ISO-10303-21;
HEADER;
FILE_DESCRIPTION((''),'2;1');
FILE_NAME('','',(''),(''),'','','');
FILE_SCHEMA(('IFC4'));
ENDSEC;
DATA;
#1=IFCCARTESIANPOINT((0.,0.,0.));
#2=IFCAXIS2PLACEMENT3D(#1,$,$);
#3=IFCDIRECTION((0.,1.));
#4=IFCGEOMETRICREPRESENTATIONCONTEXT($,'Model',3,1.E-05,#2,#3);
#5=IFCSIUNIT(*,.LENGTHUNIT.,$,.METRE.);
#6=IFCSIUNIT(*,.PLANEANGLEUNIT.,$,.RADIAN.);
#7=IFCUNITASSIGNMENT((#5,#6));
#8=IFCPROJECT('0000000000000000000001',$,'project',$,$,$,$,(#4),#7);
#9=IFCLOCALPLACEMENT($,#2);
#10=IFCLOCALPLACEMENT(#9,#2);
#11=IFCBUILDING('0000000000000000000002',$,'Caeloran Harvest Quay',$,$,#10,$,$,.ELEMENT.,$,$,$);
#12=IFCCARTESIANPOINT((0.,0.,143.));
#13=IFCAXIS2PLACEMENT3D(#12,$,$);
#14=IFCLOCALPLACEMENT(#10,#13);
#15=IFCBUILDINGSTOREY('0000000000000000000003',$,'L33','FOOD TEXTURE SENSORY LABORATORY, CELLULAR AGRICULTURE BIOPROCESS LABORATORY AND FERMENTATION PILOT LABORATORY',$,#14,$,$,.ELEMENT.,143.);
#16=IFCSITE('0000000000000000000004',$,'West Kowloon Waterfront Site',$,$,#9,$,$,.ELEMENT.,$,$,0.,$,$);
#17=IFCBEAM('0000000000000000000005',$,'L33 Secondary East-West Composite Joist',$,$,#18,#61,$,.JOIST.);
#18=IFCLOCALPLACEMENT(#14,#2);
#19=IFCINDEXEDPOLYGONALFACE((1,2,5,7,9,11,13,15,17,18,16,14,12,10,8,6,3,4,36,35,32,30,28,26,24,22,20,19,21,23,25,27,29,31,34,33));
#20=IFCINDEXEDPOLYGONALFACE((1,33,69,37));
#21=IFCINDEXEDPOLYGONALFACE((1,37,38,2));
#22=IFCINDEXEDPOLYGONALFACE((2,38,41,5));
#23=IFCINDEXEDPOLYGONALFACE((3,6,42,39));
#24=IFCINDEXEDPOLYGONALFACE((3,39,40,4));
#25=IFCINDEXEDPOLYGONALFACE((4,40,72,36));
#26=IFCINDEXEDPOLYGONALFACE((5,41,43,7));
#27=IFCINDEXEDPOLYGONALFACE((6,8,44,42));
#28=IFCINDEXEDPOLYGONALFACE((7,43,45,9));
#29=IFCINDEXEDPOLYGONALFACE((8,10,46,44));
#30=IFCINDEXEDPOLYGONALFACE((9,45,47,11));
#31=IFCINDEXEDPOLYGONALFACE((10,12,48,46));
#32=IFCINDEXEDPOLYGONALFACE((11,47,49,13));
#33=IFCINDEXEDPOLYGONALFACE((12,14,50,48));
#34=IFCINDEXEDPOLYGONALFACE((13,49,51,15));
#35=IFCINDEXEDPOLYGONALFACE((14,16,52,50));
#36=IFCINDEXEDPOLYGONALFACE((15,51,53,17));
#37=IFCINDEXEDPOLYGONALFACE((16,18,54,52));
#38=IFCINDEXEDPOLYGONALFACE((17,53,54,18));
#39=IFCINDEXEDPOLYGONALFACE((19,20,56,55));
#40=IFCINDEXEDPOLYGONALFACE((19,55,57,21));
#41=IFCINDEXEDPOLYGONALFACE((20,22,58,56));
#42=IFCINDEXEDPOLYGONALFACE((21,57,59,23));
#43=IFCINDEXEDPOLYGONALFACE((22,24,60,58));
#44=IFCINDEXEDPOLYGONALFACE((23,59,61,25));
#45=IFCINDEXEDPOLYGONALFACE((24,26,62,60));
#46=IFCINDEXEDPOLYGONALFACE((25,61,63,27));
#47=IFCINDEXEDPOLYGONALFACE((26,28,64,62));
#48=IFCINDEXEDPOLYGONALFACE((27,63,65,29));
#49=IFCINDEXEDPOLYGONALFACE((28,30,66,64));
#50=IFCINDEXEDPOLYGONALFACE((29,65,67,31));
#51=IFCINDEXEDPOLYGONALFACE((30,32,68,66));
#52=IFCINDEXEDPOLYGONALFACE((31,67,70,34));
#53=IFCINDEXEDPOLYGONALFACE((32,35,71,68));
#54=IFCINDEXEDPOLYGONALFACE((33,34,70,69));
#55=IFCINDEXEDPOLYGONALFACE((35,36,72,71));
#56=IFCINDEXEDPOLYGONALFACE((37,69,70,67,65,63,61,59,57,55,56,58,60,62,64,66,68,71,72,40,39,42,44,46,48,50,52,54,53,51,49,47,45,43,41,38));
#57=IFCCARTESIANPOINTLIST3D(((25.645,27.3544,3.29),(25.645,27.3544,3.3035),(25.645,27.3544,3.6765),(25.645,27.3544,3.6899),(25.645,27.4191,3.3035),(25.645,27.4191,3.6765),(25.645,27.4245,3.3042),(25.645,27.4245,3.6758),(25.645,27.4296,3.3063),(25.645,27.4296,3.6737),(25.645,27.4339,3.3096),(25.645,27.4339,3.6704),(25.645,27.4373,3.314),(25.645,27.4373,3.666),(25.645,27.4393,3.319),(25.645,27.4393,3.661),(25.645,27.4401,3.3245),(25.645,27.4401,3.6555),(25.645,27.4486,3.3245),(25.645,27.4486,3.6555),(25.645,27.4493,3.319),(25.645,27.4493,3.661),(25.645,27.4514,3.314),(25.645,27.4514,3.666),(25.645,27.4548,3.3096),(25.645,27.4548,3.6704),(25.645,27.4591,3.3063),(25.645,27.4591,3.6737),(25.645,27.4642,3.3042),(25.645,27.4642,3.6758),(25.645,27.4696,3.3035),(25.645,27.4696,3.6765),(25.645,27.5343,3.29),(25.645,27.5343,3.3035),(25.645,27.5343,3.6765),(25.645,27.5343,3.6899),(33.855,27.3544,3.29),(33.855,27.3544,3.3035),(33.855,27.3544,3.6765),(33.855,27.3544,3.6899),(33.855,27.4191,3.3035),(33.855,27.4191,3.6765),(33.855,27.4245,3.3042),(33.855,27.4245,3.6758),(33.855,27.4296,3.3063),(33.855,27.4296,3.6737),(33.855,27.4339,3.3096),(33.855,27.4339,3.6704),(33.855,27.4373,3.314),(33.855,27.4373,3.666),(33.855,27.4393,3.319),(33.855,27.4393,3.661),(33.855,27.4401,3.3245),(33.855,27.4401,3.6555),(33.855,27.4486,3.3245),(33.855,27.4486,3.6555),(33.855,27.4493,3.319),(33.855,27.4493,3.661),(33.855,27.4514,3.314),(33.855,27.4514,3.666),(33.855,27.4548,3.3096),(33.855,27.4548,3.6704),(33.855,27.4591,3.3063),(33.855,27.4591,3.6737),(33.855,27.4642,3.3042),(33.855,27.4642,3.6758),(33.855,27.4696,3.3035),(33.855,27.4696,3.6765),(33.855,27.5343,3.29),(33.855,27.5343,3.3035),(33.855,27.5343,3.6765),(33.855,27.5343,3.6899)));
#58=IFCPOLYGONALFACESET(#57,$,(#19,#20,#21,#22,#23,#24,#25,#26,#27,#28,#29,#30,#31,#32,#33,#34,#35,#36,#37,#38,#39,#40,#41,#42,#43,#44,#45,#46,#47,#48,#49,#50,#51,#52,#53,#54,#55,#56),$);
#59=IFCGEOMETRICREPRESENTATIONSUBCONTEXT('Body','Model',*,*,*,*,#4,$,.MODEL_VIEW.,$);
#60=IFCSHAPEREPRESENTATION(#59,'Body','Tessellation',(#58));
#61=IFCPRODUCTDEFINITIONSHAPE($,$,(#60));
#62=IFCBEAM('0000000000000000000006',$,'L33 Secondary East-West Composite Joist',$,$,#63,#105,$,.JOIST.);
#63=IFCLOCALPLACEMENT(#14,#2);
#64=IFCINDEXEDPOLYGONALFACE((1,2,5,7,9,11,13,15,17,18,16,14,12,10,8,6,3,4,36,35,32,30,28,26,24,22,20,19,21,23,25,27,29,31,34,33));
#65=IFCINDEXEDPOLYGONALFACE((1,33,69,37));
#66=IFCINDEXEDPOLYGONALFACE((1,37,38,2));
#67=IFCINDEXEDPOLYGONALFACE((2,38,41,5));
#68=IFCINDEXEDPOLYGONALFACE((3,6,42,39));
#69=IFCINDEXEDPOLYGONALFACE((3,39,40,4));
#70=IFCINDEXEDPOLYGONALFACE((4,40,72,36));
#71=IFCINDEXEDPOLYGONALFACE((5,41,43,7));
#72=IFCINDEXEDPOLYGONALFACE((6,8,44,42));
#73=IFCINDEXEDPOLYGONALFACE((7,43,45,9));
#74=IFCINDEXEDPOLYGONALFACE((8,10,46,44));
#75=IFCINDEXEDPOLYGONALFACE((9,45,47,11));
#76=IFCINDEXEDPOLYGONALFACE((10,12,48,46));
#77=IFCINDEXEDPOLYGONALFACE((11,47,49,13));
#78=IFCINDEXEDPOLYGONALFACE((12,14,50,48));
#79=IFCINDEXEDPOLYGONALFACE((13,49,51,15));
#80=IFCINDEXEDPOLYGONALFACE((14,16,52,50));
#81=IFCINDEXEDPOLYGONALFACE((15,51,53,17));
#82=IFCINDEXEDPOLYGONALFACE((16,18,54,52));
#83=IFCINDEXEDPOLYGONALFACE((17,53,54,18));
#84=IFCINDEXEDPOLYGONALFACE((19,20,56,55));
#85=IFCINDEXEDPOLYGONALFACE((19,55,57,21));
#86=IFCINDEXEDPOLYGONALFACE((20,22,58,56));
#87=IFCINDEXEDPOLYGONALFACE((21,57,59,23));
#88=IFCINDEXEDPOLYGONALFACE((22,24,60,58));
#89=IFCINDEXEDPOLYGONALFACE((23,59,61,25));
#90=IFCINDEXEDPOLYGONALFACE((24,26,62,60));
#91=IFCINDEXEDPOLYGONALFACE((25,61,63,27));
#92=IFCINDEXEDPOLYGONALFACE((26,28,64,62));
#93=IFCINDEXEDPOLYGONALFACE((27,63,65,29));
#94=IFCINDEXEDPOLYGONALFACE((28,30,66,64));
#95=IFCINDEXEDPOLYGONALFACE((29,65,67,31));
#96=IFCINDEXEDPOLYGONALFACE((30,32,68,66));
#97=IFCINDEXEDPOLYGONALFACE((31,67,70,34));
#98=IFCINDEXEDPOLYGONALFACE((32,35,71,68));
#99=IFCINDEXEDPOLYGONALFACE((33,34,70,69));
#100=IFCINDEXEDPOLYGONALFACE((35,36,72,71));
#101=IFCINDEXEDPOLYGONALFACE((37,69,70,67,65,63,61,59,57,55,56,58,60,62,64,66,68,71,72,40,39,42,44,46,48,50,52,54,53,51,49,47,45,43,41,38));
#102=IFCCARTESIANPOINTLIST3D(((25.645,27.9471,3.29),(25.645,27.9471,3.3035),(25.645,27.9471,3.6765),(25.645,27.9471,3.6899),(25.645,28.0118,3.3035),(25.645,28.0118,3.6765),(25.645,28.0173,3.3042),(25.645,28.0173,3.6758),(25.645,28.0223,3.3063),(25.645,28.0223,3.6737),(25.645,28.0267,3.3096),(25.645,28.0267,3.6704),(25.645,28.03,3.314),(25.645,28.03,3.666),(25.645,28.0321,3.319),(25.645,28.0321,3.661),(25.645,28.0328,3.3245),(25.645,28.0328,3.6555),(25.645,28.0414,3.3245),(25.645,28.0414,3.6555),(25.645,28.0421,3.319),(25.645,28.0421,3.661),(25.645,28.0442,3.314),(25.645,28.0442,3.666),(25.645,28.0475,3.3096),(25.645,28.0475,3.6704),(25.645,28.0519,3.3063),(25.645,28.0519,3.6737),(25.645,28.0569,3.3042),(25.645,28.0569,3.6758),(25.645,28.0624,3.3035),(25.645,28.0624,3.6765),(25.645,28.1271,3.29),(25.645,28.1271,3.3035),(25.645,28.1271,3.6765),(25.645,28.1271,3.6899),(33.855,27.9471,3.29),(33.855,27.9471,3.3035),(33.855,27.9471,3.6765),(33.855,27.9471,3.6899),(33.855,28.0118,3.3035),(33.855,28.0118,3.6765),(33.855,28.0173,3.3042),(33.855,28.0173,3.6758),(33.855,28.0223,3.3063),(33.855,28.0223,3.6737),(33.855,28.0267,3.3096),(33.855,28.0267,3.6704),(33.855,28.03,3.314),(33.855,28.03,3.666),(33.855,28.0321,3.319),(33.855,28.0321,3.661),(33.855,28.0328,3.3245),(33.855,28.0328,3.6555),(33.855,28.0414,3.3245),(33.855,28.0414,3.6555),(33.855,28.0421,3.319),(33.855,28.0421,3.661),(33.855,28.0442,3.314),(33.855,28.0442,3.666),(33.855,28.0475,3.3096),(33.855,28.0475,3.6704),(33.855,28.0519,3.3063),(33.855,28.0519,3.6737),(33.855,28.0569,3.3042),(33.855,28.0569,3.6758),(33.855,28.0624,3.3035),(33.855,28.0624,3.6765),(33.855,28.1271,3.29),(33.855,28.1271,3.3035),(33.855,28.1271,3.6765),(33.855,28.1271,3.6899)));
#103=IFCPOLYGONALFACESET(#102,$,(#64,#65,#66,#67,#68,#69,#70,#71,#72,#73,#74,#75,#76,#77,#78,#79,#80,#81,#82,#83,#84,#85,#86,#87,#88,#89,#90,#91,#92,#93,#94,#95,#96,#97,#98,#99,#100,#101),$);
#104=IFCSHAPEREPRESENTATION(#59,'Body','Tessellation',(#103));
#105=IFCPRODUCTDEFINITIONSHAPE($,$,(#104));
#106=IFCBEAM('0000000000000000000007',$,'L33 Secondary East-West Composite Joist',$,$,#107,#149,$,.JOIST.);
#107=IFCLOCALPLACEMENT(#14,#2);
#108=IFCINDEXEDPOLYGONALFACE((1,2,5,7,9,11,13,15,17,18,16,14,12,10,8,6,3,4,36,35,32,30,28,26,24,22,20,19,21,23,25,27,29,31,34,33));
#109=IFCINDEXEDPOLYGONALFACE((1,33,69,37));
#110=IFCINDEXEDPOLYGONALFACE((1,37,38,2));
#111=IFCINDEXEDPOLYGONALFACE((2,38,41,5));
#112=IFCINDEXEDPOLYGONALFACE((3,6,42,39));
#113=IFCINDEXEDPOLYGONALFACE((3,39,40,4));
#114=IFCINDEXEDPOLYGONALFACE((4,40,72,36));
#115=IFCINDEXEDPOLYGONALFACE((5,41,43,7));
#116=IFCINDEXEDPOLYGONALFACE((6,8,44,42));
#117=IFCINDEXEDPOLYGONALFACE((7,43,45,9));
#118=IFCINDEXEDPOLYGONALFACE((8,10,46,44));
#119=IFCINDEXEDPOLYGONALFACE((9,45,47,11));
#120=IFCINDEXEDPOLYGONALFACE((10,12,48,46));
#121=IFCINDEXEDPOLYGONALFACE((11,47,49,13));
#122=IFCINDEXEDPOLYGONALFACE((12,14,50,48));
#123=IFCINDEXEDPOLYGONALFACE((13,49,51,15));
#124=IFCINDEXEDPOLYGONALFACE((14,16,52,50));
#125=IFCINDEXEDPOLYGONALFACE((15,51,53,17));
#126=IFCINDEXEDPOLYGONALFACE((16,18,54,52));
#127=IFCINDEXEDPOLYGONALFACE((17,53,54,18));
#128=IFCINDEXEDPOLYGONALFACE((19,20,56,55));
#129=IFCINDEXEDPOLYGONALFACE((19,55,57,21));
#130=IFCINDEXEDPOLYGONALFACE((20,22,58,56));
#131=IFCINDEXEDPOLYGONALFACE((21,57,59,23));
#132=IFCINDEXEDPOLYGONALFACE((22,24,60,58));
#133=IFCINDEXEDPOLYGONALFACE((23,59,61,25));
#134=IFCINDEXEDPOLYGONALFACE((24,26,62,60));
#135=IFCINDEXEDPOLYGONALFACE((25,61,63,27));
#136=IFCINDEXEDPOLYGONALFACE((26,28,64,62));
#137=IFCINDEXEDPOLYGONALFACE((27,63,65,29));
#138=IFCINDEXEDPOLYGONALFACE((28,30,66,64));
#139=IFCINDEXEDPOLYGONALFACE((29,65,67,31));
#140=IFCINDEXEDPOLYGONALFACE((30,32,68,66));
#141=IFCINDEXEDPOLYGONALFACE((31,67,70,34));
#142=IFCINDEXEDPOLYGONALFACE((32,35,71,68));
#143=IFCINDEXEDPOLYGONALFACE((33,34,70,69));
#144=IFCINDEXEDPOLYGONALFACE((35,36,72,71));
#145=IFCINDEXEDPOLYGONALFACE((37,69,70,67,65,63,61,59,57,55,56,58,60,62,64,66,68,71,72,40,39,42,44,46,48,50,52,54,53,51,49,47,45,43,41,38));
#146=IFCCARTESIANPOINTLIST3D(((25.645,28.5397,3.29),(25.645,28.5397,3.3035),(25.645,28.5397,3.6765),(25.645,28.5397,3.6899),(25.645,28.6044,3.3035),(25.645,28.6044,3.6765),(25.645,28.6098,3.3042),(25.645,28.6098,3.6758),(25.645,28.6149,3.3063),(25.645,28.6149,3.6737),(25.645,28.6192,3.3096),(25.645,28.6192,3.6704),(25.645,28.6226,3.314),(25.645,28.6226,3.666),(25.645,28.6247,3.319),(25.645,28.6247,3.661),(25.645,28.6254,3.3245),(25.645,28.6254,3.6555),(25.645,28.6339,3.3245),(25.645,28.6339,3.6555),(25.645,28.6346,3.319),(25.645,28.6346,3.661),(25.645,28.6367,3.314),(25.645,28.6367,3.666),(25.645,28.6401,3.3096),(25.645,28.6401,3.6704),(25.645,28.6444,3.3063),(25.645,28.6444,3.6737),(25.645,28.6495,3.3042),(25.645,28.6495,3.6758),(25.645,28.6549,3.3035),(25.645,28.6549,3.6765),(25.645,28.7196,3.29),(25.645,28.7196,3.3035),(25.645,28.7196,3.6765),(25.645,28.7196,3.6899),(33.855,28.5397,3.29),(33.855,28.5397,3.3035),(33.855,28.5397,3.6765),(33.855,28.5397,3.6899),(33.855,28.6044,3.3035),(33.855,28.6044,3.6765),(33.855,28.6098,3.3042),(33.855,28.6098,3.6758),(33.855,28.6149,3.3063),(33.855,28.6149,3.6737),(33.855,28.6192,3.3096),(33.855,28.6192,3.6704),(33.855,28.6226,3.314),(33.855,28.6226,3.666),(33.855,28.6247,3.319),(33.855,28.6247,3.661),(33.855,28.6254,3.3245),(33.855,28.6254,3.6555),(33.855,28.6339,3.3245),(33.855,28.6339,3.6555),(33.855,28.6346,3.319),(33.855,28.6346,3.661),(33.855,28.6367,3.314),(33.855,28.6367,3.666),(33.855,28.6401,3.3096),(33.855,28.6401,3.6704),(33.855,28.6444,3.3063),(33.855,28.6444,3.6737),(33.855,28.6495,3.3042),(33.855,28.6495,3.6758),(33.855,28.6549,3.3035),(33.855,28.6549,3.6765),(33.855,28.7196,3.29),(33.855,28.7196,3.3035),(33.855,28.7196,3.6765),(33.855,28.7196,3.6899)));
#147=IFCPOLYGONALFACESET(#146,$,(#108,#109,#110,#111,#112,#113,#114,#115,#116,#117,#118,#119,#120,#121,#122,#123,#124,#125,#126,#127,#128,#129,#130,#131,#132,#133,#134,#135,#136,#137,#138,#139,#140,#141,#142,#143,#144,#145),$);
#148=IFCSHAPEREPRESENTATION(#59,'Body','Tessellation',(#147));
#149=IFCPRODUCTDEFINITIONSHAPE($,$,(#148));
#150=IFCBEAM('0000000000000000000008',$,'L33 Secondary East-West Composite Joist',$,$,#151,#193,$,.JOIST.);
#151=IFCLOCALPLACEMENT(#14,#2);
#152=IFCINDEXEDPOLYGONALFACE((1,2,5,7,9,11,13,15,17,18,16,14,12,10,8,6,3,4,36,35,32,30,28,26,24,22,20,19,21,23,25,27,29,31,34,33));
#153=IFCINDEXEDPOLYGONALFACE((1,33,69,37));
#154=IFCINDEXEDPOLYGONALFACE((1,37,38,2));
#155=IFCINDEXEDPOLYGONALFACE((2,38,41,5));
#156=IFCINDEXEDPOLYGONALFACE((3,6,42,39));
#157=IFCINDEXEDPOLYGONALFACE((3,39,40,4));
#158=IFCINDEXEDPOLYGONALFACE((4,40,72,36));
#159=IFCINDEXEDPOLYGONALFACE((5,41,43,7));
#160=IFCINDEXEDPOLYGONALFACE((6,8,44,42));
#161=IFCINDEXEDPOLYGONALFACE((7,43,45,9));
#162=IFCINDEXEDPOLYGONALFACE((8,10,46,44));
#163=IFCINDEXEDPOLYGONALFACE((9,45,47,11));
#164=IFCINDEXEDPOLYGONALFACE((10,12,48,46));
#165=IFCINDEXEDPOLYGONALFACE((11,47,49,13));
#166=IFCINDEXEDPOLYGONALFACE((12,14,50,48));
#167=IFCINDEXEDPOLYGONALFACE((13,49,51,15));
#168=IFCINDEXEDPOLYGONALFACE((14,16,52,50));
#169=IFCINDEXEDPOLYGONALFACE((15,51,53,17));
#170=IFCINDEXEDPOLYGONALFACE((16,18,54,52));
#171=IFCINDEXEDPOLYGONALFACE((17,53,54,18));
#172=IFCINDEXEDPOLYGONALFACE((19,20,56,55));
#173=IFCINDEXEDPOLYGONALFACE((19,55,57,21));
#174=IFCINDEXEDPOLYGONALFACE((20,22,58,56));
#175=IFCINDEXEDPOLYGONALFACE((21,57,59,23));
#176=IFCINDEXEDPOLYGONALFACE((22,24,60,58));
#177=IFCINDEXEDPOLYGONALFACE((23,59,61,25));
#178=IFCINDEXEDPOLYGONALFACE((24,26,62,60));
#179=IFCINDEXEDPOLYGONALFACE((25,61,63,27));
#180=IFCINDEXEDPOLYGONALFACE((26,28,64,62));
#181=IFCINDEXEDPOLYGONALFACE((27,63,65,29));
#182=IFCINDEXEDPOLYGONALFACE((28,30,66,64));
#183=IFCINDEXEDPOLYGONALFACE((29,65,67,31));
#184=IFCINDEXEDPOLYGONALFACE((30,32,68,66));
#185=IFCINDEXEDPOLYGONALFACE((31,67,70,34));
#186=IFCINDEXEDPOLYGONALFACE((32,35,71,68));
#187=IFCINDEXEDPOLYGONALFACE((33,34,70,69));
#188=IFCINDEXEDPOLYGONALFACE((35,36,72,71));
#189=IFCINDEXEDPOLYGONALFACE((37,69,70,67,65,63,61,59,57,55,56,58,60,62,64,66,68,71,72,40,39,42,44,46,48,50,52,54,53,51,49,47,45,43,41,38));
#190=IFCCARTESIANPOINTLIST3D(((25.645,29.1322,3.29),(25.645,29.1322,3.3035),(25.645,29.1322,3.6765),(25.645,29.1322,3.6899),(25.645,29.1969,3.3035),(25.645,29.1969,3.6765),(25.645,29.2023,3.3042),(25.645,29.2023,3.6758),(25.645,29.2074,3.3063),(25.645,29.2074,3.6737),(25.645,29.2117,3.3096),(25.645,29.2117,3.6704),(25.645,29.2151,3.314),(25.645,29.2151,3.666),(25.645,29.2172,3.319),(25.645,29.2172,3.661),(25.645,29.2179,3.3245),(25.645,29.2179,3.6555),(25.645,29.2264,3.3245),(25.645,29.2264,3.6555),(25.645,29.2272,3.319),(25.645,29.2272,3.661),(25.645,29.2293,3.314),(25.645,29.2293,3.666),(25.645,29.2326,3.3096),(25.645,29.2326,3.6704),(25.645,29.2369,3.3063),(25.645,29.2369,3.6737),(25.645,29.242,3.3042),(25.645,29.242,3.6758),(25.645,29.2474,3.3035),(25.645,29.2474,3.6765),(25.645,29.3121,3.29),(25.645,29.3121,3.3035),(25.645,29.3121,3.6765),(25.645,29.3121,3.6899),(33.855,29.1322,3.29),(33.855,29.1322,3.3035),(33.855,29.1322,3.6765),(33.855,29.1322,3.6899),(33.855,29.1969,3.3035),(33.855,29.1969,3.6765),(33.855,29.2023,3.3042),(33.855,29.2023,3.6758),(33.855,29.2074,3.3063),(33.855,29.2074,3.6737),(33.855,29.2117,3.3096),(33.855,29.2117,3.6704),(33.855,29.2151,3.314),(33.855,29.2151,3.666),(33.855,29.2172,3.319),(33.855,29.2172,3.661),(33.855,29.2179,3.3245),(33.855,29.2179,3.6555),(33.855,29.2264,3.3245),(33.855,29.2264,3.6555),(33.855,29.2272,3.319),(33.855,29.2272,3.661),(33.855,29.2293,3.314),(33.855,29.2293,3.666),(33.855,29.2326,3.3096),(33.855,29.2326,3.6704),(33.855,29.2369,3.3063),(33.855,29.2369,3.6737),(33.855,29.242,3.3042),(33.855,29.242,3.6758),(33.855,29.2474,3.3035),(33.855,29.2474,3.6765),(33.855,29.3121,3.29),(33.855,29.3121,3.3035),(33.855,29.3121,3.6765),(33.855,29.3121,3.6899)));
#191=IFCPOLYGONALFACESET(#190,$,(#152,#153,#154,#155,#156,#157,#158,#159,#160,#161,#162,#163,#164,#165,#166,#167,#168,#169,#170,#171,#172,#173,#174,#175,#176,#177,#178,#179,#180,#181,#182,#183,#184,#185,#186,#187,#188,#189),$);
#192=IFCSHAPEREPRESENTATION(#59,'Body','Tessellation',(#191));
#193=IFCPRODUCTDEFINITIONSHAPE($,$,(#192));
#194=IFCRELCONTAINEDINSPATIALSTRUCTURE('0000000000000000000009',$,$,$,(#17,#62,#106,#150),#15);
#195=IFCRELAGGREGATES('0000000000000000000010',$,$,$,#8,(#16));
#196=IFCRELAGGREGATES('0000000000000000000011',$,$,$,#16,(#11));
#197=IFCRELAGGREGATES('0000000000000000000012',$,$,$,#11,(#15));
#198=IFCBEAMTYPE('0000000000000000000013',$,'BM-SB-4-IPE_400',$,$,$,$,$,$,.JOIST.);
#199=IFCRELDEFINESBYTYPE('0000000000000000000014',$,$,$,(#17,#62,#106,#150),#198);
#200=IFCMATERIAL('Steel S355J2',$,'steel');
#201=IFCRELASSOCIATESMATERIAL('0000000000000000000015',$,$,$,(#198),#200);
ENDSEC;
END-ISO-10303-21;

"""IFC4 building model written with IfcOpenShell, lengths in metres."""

from ifc_helpers import new_model, si_unit, direction, frame, origin, origin_2d, place, context, subcontext, project, spatial, i_section, extrude, material, material_profile, profile_set, type_object, element, save


model = new_model("IFC4")

# Units and contexts
model_context = context("Model", 3, precision=1e-05, world=origin(), true_north=direction((0.0, 1.0)))
body_context = subcontext(model_context, "Body", "Model", "MODEL_VIEW")
ifc_project = project(units=[si_unit("LENGTHUNIT", "METRE"), si_unit("PLANEANGLEUNIT", "RADIAN")], contexts=[model_context])

# Site, building, storey
site_placement = place(None, origin())
site = spatial("IfcSite", under=ifc_project, at=site_placement, Name="West Kowloon Waterfront Site", CompositionType="ELEMENT", RefElevation=0.0)
building_placement = place(site_placement, origin())
building = spatial("IfcBuilding", under=site, at=building_placement, Name="Caeloran Harvest Quay", CompositionType="ELEMENT")
storey_placement = place(building_placement, frame((0.0, 0.0, 143.0)))
storey = spatial("IfcBuildingStorey", under=building, at=storey_placement, Name="L33", Description="FOOD TEXTURE SENSORY LABORATORY, CELLULAR AGRICULTURE BIOPROCESS LABORATORY AND FERMENTATION PILOT LABORATORY", CompositionType="ELEMENT", Elevation=143.0)

# Beams
ifc_material = material(Name="Steel S355J2", Category="steel")
ifc_material_profile_1 = material_profile(ifc_material, i_section(OverallWidth=0.1799, OverallDepth=0.3999, WebThickness=0.0085, FlangeThickness=0.0134, FilletRadius=0.021, at=origin_2d()), Name="IPE 400")
ifc_profile_set_1 = profile_set([ifc_material_profile_1], Name="Steel S355J2")
beam_type_1 = type_object("IfcBeamType", Name="BM-SB-4-IPE_400", PredefinedType="JOIST", material=ifc_profile_set_1)
for number, where, z_axis, x_axis, name in (
    (1, (25.645, 27.4443, 3.49), (1.0, 0.0, 0.0), (0.0, 1.0, 0.0), "L33 Secondary East-West Composite Joist"),
    (2, (25.645, 28.0371, 3.49), (1.0, 0.0, 0.0), (0.0, 1.0, 0.0), "L33 Secondary East-West Composite Joist"),
    (3, (25.645, 28.6296, 3.49), (1.0, 0.0, 0.0), (0.0, 1.0, 0.0), "L33 Secondary East-West Composite Joist"),
    (4, (25.645, 29.2222, 3.49), (1.0, 0.0, 0.0), (0.0, 1.0, 0.0), "L33 Secondary East-West Composite Joist"),
):
    element("IfcBeam", number, at=place(storey_placement, frame(where, z_axis=z_axis, x_axis=x_axis)), inside=storey, type_object=beam_type_1, Name=name, PredefinedType="JOIST", context=body_context, shape_type="SweptSolid", body=[
        extrude(i_section(OverallWidth=0.1799, OverallDepth=0.3999, WebThickness=0.0085, FlangeThickness=0.0134, FilletRadius=0.021, at=origin_2d()), origin(), (0.0, 0.0, 1.0), 8.21),
    ])

save(model, "model.ifc")
